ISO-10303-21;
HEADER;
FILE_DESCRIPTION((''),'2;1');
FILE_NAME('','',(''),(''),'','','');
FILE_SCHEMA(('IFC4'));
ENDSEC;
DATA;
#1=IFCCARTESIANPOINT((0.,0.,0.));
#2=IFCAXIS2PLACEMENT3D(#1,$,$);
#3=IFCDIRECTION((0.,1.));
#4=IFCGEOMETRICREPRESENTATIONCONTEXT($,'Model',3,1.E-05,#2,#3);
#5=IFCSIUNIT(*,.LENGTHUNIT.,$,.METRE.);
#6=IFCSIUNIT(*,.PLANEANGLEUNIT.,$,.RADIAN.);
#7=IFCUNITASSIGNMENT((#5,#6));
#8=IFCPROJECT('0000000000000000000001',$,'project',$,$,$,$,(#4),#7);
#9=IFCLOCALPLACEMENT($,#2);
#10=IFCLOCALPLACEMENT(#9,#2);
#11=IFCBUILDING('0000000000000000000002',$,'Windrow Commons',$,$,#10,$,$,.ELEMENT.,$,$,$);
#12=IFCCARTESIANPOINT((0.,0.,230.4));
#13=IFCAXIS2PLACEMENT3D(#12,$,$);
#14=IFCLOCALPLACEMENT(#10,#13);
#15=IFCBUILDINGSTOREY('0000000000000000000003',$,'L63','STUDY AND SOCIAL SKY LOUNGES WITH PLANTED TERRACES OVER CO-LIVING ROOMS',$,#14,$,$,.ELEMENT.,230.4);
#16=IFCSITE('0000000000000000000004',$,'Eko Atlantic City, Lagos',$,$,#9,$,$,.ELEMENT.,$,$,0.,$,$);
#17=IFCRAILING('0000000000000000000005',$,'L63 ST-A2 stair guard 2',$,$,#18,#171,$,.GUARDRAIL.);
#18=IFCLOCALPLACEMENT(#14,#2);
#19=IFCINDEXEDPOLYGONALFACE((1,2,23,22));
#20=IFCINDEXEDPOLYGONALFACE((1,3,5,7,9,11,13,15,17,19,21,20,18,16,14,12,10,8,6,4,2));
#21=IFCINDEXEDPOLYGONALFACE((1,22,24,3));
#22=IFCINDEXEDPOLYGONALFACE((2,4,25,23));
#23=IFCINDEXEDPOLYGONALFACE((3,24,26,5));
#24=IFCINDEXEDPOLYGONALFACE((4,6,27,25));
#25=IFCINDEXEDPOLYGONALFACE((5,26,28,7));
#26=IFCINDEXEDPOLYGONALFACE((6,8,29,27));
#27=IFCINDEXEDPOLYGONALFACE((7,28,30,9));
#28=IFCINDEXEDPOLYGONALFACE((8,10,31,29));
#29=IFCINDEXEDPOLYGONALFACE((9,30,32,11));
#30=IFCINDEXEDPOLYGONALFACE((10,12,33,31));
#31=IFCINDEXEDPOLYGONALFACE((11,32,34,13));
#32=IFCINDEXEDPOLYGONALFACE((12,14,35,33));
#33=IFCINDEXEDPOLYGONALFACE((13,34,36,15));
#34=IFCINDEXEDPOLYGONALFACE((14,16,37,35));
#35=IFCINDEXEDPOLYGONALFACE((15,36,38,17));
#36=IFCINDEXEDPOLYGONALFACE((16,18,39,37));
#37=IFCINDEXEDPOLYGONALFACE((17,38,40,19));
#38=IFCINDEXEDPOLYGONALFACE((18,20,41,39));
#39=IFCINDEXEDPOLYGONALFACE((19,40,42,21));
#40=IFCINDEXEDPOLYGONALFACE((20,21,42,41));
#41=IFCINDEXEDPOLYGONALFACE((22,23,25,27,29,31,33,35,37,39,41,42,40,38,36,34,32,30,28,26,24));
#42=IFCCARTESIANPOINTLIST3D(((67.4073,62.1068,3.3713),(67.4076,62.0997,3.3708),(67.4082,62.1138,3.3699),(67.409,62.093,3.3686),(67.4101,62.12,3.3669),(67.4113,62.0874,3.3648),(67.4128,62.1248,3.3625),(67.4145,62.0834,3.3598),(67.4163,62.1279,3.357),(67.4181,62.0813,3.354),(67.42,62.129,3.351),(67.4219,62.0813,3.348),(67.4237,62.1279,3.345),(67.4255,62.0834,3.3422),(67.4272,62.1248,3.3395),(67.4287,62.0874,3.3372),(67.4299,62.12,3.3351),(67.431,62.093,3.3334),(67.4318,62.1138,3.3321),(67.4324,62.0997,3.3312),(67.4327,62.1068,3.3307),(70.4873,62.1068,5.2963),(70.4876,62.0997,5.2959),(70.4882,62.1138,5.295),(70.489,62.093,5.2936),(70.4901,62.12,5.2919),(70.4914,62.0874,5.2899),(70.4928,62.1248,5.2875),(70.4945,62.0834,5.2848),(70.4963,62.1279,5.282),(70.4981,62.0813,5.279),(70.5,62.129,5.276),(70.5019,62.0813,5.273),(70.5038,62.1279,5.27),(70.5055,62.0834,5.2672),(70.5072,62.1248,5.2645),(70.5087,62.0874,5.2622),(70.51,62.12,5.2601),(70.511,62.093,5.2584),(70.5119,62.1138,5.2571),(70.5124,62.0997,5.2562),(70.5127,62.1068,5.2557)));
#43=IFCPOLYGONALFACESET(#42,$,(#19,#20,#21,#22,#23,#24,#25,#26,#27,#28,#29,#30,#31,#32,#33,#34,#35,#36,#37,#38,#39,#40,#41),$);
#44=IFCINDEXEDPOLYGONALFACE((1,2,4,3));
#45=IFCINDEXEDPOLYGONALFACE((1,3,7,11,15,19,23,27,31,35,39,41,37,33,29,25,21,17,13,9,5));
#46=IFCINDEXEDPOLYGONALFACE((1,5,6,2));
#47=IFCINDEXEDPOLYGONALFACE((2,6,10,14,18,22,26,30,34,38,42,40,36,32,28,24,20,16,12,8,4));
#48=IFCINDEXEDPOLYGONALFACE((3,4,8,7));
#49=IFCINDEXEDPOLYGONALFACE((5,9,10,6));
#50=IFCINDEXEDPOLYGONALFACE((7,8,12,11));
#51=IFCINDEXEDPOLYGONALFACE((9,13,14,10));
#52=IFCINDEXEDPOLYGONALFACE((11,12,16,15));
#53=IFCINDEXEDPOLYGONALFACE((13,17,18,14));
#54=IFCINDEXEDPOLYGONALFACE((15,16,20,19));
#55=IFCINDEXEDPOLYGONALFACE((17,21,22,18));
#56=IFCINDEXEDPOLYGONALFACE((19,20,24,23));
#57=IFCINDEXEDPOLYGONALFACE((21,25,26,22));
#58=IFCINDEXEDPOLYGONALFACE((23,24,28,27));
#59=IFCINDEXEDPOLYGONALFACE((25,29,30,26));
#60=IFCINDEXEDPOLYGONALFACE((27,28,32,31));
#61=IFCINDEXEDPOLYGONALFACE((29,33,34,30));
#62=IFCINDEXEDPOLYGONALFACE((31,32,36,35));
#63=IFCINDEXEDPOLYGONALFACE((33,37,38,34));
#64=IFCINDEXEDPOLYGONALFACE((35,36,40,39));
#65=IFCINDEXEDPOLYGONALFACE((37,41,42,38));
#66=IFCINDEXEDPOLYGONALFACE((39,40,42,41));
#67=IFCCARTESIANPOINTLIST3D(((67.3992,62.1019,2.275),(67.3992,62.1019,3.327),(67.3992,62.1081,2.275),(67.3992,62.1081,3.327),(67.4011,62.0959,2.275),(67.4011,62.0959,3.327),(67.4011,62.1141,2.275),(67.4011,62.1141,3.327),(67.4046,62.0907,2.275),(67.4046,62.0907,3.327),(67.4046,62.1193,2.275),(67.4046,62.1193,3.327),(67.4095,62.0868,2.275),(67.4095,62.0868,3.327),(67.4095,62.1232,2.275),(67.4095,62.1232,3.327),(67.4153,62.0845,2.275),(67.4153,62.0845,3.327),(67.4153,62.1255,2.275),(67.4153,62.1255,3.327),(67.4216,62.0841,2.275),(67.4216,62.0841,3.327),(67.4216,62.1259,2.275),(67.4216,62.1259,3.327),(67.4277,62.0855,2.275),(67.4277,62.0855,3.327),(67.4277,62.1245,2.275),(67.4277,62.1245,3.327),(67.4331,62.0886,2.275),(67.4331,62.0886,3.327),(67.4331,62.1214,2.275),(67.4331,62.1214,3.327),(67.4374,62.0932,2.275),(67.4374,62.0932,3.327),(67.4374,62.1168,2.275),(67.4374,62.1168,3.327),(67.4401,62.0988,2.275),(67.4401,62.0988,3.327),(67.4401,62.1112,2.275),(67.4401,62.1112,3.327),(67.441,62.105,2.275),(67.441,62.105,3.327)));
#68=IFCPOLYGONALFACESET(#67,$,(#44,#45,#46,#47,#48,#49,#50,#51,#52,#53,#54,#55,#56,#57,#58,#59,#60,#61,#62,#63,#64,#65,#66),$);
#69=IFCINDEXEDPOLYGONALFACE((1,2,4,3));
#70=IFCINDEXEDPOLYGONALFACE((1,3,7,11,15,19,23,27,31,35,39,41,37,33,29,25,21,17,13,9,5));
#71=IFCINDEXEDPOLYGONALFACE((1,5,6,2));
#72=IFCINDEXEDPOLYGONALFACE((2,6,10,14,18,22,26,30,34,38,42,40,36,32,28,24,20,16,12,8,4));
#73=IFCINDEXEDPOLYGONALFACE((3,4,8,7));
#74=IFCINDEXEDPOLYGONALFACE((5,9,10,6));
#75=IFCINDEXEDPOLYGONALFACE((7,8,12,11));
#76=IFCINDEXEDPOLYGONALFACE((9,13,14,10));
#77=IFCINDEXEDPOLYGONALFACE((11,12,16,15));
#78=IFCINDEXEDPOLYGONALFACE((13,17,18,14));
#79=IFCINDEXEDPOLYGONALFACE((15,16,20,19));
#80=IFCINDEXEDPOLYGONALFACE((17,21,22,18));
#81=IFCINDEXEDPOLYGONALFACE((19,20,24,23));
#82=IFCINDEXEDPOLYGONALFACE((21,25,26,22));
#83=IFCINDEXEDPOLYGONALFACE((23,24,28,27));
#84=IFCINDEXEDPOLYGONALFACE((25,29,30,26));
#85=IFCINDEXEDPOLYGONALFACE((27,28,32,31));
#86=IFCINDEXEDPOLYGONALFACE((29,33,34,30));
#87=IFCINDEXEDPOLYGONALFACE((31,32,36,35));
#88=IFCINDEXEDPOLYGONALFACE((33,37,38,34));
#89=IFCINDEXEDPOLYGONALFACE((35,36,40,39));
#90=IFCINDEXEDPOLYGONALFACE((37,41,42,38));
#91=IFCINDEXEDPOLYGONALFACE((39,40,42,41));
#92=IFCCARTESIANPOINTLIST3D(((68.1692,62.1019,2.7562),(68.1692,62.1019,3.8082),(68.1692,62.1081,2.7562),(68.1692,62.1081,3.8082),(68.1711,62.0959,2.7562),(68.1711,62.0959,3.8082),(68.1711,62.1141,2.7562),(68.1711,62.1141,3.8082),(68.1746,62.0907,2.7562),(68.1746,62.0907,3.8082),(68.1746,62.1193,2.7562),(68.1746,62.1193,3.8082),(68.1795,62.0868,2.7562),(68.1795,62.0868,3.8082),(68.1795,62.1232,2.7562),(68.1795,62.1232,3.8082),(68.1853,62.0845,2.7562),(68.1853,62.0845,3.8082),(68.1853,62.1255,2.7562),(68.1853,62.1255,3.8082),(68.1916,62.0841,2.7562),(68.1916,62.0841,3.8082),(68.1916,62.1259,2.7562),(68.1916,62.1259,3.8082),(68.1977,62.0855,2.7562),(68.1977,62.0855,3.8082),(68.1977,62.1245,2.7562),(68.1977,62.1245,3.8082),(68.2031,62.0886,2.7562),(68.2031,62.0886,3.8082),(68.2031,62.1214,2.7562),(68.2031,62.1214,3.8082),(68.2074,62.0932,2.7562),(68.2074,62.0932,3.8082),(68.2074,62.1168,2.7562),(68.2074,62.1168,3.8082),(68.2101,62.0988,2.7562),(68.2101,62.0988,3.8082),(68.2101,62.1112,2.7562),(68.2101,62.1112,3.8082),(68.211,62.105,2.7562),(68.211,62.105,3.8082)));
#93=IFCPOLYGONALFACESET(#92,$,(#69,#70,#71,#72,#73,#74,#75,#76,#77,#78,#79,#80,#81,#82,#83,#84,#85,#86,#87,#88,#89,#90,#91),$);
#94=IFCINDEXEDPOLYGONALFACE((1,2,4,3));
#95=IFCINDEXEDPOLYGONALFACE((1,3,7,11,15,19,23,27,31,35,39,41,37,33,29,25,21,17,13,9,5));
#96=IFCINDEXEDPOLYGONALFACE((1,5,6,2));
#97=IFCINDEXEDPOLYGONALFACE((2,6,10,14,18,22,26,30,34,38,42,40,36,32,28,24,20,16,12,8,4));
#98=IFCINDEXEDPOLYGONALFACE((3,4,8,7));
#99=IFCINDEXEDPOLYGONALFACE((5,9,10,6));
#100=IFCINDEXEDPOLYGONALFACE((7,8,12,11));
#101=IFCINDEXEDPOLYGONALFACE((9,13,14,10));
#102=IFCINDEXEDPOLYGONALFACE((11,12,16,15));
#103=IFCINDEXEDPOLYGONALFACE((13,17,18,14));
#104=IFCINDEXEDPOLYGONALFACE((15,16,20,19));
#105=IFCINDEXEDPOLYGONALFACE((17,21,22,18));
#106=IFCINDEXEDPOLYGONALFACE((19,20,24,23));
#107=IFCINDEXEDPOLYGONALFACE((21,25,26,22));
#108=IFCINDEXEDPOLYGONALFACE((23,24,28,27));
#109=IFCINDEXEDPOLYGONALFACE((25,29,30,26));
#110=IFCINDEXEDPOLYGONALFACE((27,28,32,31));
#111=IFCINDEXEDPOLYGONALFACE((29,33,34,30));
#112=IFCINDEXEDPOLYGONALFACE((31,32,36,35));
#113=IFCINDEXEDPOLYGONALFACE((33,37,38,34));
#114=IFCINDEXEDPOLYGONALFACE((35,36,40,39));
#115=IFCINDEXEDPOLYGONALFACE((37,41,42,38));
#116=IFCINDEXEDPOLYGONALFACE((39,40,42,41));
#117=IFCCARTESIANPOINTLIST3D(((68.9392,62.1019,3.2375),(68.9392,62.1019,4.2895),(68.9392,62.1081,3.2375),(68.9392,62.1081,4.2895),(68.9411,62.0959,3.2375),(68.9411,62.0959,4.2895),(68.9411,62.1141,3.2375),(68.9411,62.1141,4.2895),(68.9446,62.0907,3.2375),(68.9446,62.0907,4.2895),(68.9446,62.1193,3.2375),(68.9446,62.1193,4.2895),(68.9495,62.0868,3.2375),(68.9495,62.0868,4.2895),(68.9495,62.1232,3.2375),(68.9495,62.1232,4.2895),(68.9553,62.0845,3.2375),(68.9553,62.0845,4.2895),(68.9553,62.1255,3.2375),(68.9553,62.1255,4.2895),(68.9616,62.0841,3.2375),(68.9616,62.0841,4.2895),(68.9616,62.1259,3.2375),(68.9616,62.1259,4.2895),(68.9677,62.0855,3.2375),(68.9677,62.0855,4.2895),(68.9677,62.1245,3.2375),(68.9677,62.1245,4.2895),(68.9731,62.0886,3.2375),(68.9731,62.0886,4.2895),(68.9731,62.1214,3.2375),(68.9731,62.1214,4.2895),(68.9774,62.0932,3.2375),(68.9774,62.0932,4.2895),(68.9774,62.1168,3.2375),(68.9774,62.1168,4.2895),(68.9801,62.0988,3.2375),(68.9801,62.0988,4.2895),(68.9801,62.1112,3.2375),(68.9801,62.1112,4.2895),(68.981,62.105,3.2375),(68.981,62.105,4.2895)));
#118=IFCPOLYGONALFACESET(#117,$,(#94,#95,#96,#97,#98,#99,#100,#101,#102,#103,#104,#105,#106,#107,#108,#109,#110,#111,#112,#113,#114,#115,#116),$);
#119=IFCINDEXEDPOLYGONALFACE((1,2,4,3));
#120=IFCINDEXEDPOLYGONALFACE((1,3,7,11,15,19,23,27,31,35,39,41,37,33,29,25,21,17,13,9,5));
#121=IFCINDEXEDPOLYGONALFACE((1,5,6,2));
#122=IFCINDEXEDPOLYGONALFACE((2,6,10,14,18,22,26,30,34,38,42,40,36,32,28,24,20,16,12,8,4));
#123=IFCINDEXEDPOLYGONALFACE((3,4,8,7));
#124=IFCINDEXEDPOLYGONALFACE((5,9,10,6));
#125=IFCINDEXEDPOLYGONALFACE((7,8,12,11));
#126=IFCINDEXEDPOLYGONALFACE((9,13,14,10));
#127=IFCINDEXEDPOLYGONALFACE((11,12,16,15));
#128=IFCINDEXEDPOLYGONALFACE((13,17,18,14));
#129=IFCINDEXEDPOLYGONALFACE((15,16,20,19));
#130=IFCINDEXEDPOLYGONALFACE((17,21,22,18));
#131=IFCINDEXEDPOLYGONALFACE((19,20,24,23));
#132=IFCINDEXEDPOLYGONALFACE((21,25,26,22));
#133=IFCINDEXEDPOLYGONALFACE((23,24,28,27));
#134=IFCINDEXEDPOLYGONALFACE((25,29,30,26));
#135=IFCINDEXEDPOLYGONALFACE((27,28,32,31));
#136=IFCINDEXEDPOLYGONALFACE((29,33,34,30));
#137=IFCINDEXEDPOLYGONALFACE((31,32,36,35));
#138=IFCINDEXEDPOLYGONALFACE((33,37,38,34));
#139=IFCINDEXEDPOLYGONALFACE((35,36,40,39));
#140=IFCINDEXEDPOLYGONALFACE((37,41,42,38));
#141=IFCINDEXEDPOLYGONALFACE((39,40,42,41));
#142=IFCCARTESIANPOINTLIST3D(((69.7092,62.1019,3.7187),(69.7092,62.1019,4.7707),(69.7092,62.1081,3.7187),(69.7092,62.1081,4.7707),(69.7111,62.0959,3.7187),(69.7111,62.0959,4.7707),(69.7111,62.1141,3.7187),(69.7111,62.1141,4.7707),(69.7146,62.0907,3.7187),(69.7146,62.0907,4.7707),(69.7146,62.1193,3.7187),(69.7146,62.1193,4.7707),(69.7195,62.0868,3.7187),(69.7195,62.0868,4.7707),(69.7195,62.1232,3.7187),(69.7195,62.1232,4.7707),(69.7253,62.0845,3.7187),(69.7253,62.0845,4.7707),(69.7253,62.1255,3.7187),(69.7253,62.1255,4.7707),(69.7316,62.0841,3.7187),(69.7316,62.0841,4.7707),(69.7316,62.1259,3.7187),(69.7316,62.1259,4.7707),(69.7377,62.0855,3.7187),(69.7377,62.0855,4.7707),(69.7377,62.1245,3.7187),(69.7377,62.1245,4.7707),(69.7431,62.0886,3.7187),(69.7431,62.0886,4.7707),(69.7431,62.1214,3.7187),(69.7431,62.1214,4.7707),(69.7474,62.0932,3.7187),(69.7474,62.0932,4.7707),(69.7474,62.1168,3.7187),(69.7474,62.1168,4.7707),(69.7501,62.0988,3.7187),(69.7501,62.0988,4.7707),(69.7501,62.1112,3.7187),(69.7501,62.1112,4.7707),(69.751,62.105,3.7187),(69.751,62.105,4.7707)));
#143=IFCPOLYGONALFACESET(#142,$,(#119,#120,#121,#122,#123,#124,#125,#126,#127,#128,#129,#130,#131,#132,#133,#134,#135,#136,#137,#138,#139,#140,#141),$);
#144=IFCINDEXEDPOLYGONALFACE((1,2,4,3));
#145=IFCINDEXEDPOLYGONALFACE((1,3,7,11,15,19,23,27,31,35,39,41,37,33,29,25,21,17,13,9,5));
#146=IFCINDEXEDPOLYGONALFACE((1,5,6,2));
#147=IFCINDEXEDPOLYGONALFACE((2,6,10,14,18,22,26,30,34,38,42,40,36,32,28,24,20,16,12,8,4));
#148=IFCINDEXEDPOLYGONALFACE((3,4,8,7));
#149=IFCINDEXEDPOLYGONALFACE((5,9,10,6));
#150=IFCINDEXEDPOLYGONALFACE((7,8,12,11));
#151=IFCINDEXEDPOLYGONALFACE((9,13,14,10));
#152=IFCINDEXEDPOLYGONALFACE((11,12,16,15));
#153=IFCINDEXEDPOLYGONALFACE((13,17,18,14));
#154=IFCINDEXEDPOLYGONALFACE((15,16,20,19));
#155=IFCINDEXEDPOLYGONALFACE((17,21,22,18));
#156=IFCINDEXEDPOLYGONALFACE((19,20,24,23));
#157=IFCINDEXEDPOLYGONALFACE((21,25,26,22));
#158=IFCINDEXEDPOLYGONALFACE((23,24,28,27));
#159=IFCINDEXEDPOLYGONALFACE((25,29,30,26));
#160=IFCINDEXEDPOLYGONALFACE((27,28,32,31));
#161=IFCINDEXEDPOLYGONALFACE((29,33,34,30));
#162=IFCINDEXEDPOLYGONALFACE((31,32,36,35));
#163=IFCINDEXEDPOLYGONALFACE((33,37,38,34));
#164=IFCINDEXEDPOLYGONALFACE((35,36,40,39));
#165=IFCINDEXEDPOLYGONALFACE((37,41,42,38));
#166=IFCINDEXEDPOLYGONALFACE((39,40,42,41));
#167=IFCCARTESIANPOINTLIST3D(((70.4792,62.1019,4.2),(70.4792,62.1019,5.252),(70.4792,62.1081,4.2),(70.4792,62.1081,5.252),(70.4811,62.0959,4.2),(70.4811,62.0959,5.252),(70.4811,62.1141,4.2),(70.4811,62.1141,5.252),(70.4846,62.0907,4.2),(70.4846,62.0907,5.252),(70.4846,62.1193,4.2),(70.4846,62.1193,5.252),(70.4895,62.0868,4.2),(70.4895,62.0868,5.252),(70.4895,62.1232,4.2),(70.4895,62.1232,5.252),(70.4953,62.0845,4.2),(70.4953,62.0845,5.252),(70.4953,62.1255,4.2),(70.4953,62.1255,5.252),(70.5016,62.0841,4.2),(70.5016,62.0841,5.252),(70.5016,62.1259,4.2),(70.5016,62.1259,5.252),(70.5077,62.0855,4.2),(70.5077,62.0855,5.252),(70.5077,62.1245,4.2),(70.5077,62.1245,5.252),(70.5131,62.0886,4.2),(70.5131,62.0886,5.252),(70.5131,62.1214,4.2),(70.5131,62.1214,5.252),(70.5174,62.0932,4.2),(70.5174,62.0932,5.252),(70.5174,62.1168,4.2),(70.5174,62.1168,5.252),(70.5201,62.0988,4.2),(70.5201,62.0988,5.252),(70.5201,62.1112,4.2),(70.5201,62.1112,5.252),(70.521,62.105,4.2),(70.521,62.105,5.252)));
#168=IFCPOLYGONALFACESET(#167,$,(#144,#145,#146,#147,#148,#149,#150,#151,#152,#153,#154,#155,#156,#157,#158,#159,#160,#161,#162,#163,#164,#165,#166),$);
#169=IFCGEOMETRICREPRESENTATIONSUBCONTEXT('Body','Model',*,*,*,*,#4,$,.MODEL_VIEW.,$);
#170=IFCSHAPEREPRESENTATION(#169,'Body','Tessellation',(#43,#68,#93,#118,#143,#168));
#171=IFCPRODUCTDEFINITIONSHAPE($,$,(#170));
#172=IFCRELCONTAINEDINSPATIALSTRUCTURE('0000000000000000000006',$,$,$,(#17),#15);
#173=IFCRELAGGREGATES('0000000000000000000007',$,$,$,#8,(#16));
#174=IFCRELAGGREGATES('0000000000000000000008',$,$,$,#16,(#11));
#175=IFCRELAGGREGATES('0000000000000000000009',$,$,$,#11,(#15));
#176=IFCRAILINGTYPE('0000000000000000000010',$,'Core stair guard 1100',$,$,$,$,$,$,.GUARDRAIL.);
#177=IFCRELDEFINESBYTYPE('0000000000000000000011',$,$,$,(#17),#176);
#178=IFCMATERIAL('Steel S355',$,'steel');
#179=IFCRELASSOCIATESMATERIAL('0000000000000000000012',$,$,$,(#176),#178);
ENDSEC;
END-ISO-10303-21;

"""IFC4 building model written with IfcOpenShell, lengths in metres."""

from ifc_helpers import new_model, si_unit, direction, frame, origin, origin_2d, place, context, subcontext, project, spatial, circle, extrude, material, type_object, element, save


model = new_model("IFC4")

# Units and contexts
model_context = context("Model", 3, precision=1e-05, world=origin(), true_north=direction((0.0, 1.0)))
body_context = subcontext(model_context, "Body", "Model", "MODEL_VIEW")
ifc_project = project(units=[si_unit("LENGTHUNIT", "METRE"), si_unit("PLANEANGLEUNIT", "RADIAN")], contexts=[model_context])

# Site, building, storey
site_placement = place(None, origin())
site = spatial("IfcSite", under=ifc_project, at=site_placement, Name="Eko Atlantic City, Lagos", CompositionType="ELEMENT", RefElevation=0.0)
building_placement = place(site_placement, origin())
building = spatial("IfcBuilding", under=site, at=building_placement, Name="Windrow Commons", CompositionType="ELEMENT")
storey_placement = place(building_placement, frame((0.0, 0.0, 230.4)))
storey = spatial("IfcBuildingStorey", under=building, at=storey_placement, Name="L63", Description="STUDY AND SOCIAL SKY LOUNGES WITH PLANTED TERRACES OVER CO-LIVING ROOMS", CompositionType="ELEMENT", Elevation=230.4)

# Railing
ifc_material_1 = material(Name="Steel S355", Category="steel")
railing_type_1 = type_object("IfcRailingType", Name="Core stair guard 1100", PredefinedType="GUARDRAIL", material=ifc_material_1)
railing_1_placement = place(storey_placement, frame((67.42, 62.105, 2.275)))
element("IfcRailing", 1, at=railing_1_placement, inside=storey, type_object=railing_type_1, Name="L63 ST-A2 stair guard 2", PredefinedType="GUARDRAIL", context=body_context, shape_type="SweptSolid", body=[
    extrude(circle(Radius=0.024, at=origin_2d()), frame((0.0, 0.0, 1.076), z_axis=(0.847998, 0.0, 0.529999), x_axis=(0.0, 1.0, 0.0)), (0.0, 0.0, 1.0), 3.6321),
    extrude(circle(Radius=0.021, at=origin_2d()), origin(), (0.0, 0.0, 1.0), 1.052),
    extrude(circle(Radius=0.021, at=origin_2d()), frame((0.77, 0.0, 0.4812)), (0.0, 0.0, 1.0), 1.052),
    extrude(circle(Radius=0.021, at=origin_2d()), frame((1.54, 0.0, 0.9625)), (0.0, 0.0, 1.0), 1.052),
    extrude(circle(Radius=0.021, at=origin_2d()), frame((2.31, 0.0, 1.4437)), (0.0, 0.0, 1.0), 1.052),
    extrude(circle(Radius=0.021, at=origin_2d()), frame((3.08, 0.0, 1.925)), (0.0, 0.0, 1.0), 1.052),
])

save(model, "model.ifc")
